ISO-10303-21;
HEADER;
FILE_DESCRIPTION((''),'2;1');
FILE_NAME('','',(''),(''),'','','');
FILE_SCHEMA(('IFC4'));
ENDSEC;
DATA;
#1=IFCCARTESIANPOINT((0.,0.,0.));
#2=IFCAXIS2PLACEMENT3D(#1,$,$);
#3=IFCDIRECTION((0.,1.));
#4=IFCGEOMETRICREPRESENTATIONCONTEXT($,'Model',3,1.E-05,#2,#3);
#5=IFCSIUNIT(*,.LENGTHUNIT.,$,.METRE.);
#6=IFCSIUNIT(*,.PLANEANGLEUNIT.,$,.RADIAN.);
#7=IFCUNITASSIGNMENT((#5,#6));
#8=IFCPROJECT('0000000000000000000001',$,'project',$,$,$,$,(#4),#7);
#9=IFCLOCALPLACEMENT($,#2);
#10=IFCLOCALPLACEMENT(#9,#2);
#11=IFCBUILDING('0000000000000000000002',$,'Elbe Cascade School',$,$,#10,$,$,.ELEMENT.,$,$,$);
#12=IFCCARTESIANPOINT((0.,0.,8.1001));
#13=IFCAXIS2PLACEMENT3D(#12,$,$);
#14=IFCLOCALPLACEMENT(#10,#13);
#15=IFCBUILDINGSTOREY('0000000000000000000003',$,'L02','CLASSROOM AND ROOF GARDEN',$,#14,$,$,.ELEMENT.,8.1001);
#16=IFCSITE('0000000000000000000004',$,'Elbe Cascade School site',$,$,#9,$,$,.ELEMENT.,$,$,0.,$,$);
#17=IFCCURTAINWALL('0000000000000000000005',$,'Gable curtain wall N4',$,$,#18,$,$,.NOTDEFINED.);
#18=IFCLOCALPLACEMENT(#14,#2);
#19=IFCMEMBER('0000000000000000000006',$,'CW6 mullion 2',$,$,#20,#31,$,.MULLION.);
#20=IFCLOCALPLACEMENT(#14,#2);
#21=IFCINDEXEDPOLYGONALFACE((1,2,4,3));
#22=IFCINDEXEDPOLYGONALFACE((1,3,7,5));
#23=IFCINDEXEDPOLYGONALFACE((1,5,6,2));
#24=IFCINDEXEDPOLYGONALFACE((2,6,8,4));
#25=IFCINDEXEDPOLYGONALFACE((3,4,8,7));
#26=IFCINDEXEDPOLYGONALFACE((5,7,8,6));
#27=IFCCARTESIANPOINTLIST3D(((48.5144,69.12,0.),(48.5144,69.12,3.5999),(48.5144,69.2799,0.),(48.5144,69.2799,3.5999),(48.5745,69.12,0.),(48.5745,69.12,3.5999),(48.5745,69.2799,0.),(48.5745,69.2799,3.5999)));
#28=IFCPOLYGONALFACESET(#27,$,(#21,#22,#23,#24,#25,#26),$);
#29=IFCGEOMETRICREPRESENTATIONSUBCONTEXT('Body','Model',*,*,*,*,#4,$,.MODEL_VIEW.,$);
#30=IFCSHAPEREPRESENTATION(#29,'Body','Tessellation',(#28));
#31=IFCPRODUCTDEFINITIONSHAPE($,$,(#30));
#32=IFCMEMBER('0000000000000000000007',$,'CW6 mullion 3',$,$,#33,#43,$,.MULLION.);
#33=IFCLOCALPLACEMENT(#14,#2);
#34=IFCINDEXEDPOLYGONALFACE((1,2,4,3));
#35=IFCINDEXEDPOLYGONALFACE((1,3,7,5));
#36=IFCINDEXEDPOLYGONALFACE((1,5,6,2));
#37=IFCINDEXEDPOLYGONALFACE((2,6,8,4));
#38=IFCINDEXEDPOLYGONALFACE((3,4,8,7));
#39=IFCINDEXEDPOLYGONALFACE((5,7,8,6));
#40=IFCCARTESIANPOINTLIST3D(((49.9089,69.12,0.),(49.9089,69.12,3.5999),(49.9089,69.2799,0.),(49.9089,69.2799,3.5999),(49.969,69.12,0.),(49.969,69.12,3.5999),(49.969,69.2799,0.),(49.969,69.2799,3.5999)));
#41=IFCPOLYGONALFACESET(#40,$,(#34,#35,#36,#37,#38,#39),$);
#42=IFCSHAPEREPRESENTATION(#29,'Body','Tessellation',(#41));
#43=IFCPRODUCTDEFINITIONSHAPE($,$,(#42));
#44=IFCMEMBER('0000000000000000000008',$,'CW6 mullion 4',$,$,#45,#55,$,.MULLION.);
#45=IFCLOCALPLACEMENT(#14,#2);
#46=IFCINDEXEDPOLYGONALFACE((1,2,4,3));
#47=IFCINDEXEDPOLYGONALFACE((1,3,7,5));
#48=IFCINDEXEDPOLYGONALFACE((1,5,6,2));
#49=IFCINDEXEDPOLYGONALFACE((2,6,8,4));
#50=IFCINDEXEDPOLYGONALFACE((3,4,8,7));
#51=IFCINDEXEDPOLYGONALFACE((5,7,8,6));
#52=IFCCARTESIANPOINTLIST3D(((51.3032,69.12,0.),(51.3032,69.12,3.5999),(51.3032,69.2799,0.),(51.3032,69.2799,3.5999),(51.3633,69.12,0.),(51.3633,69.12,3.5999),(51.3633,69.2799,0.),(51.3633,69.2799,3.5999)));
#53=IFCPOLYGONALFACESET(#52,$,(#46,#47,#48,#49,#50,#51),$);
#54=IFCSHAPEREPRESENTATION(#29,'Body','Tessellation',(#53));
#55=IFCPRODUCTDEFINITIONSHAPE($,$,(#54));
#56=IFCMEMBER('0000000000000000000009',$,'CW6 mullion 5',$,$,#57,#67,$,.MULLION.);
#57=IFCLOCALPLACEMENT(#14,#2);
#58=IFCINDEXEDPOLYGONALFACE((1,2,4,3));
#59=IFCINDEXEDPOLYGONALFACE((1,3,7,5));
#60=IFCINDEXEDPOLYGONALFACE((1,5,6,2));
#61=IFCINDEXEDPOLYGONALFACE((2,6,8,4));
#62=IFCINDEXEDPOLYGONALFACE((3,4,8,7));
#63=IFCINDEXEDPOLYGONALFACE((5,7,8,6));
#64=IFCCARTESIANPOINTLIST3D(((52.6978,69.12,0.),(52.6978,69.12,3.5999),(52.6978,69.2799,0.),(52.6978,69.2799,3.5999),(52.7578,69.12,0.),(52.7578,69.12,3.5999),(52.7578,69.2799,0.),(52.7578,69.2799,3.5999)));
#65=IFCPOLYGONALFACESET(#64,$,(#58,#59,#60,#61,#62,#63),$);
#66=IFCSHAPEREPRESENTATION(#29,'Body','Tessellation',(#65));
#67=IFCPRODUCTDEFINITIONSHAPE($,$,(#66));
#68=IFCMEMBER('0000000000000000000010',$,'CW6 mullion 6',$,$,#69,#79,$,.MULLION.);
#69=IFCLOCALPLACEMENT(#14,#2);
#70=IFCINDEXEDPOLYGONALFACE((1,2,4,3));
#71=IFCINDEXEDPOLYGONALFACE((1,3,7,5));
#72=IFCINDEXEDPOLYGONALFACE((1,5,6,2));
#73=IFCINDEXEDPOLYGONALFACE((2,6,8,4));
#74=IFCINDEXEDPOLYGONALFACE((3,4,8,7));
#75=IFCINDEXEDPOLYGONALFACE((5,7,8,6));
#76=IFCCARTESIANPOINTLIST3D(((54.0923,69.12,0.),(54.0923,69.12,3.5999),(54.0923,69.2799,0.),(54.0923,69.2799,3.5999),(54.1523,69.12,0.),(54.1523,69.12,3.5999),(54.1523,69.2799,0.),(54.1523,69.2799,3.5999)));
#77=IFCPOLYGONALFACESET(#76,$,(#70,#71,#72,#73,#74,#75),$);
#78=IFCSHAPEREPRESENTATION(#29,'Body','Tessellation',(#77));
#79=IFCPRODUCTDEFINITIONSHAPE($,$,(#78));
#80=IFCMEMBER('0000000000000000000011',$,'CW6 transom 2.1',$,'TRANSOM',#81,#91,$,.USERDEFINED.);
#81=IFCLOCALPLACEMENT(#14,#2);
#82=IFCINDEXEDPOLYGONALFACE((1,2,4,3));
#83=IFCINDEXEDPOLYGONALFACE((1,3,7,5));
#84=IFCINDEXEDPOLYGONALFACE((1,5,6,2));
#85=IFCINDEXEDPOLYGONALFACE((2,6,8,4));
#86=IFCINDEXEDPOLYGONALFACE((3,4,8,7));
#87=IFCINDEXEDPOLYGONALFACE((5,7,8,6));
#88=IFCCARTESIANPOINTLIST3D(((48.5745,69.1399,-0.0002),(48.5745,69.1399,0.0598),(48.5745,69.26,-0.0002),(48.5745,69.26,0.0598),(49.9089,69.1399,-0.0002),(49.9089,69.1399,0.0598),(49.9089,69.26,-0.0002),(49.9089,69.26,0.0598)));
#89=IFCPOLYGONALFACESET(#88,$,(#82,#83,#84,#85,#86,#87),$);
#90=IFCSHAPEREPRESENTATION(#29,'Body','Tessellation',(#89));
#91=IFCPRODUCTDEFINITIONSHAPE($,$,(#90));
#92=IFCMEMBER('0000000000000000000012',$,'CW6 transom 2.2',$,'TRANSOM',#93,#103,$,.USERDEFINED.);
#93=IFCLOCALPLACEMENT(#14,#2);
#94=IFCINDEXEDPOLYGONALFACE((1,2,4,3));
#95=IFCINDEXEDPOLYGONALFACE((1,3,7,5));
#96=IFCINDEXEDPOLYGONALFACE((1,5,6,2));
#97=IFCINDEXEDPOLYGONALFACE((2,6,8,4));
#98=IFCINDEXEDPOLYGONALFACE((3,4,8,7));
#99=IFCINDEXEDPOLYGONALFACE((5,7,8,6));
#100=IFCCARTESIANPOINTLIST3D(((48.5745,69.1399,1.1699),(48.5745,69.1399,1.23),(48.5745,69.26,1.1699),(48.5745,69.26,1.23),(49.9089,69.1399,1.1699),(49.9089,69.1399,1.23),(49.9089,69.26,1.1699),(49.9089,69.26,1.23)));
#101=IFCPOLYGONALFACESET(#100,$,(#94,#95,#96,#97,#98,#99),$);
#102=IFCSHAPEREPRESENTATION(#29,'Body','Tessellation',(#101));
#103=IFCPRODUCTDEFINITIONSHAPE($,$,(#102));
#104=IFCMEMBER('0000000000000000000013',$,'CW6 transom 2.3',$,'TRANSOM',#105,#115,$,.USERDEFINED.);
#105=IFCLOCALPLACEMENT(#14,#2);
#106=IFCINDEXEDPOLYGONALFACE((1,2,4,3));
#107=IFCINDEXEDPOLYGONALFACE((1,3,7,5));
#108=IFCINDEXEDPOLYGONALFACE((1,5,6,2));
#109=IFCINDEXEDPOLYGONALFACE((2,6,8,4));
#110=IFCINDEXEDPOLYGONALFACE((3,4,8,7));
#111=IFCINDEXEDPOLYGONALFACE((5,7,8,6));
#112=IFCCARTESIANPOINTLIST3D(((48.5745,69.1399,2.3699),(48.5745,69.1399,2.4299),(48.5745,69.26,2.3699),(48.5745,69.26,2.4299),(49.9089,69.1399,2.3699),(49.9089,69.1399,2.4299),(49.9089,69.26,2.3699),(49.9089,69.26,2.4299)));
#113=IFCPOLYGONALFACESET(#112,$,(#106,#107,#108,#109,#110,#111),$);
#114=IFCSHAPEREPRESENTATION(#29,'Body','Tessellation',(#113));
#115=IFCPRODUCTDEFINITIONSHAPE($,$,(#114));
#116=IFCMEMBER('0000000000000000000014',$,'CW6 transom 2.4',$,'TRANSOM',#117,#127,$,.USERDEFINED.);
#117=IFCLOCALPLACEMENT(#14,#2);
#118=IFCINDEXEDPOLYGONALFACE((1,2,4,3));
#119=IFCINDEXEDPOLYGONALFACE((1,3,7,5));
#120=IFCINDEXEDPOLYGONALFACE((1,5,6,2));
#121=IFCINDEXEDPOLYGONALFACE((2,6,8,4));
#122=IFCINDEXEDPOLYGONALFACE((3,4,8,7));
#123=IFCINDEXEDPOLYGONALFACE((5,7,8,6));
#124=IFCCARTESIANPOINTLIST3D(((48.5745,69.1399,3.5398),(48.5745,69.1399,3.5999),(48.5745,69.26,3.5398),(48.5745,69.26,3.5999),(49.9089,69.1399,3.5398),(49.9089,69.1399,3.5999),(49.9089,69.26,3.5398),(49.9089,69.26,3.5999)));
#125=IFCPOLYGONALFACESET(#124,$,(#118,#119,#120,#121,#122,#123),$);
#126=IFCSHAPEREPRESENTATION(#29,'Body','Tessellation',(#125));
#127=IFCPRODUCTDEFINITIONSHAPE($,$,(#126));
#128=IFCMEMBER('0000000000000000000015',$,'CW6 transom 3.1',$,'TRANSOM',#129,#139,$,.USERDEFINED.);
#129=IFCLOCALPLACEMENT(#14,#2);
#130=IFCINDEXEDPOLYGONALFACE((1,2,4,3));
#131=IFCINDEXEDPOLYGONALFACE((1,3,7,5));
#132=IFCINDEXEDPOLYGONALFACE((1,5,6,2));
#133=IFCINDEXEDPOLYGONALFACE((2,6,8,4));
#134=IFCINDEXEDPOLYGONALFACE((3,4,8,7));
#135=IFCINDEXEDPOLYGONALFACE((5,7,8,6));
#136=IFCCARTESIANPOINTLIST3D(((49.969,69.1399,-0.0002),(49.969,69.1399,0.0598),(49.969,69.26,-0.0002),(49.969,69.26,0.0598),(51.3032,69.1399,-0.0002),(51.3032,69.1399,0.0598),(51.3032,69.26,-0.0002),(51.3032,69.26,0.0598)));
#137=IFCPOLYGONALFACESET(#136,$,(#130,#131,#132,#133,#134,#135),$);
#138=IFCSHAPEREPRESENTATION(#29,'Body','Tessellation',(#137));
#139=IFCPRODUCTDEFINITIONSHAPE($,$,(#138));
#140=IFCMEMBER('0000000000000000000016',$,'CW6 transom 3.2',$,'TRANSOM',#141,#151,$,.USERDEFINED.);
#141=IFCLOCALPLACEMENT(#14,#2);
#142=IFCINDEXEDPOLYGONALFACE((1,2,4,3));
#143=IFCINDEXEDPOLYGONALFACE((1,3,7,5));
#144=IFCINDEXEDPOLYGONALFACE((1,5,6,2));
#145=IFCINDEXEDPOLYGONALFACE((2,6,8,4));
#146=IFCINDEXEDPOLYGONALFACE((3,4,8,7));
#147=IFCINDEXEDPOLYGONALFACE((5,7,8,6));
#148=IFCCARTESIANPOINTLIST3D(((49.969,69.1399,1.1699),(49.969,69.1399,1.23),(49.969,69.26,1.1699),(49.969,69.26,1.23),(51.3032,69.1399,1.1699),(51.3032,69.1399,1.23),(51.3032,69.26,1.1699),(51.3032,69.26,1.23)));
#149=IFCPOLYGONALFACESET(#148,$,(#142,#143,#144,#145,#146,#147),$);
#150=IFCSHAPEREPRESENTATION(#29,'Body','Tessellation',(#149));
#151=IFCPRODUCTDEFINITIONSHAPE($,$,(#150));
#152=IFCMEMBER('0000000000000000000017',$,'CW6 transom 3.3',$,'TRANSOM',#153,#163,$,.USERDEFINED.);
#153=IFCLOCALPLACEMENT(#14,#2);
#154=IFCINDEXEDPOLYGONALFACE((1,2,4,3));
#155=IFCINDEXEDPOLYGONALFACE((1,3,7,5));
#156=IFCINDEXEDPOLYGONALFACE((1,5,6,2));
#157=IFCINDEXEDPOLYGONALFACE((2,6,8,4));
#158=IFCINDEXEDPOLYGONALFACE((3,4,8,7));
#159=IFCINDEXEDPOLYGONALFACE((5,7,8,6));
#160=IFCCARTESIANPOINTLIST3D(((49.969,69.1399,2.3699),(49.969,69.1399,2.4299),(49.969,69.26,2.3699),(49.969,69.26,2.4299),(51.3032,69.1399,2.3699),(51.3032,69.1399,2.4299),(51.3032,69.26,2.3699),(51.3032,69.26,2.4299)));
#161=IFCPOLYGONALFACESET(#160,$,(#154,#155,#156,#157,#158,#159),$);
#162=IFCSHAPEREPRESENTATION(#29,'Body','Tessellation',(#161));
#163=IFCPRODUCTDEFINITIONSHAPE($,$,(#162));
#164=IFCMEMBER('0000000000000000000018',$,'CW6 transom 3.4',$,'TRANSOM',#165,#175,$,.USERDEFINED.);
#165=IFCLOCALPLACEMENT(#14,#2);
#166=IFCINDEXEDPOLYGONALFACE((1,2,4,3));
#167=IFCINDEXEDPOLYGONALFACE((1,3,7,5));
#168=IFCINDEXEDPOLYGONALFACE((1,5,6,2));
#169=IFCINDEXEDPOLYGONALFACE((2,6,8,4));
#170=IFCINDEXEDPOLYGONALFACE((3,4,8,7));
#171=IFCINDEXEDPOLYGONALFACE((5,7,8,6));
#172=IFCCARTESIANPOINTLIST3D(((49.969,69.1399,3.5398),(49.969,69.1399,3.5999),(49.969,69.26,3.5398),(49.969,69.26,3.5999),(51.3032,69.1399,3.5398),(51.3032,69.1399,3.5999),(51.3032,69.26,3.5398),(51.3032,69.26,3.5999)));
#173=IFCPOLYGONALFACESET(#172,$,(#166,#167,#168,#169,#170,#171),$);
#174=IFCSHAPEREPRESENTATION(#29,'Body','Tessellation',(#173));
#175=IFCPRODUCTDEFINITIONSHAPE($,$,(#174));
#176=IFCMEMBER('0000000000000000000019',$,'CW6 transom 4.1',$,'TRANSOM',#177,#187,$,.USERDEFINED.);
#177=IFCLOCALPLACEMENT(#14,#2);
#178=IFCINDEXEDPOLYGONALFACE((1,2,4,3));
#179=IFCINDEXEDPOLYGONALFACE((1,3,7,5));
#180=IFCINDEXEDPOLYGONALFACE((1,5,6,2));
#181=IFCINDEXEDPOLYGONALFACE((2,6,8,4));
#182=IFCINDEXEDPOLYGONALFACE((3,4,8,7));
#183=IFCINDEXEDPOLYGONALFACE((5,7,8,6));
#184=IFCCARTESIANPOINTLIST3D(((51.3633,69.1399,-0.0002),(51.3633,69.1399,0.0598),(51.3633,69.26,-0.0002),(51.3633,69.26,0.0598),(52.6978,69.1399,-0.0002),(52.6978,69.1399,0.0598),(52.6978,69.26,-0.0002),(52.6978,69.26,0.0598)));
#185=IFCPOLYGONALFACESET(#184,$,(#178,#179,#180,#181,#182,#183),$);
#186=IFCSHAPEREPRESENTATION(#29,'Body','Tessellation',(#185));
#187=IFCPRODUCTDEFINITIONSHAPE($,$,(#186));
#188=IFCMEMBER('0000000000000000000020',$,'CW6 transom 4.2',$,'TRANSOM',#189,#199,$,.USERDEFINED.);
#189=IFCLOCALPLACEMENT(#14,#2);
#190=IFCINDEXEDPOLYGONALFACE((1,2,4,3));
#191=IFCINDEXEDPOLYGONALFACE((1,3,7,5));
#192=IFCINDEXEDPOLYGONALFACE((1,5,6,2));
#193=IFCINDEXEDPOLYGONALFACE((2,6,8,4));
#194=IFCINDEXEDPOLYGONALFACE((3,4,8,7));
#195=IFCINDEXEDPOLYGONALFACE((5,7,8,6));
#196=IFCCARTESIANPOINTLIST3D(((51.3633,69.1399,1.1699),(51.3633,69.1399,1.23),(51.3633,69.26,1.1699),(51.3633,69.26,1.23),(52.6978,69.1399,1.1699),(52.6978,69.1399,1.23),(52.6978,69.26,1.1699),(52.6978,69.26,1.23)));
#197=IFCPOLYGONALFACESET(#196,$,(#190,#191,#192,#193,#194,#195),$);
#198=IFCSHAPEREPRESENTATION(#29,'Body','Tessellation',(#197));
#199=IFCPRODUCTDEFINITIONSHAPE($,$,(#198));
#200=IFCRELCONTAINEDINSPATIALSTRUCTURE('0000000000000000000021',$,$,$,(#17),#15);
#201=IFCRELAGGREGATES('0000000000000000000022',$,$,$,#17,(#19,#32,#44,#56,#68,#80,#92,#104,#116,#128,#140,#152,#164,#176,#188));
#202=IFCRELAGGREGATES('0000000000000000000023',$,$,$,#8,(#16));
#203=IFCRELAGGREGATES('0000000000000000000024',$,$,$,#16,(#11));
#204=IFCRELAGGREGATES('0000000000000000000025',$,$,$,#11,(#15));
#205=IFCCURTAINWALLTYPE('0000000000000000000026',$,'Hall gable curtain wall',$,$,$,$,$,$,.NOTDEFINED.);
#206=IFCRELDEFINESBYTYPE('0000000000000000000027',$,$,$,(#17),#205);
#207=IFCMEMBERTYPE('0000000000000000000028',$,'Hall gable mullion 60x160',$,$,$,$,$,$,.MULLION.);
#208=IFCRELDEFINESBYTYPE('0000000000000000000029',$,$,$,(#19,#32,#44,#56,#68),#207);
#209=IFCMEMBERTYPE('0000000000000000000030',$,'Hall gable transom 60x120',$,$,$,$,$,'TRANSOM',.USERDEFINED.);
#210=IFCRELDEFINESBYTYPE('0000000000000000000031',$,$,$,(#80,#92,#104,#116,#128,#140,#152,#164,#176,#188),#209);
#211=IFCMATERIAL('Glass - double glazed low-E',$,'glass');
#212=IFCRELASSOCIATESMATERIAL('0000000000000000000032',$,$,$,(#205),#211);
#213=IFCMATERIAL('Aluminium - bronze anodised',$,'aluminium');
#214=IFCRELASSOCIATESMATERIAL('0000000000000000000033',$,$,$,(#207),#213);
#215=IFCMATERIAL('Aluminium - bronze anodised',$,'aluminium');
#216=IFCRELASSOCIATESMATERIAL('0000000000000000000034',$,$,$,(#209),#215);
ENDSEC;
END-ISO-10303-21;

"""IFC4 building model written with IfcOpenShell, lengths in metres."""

from ifc_helpers import new_model, si_unit, direction, frame, origin, origin_2d, place, context, subcontext, project, spatial, rectangle, extrude, material, material_profile, profile_set, type_object, element, aggregate, save


model = new_model("IFC4")

# Units and contexts
model_context = context("Model", 3, precision=1e-05, world=origin(), true_north=direction((0.0, 1.0)))
body_context = subcontext(model_context, "Body", "Model", "MODEL_VIEW")
ifc_project = project(units=[si_unit("LENGTHUNIT", "METRE"), si_unit("PLANEANGLEUNIT", "RADIAN")], contexts=[model_context])

# Site, building, storey
site_placement = place(None, origin())
site = spatial("IfcSite", under=ifc_project, at=site_placement, Name="Elbe Cascade School site", CompositionType="ELEMENT", RefElevation=0.0)
building_placement = place(site_placement, origin())
building = spatial("IfcBuilding", under=site, at=building_placement, Name="Elbe Cascade School", CompositionType="ELEMENT")
storey_placement = place(building_placement, frame((0.0, 0.0, 8.1001)))
storey = spatial("IfcBuildingStorey", under=building, at=storey_placement, Name="L02", Description="CLASSROOM AND ROOF GARDEN", CompositionType="ELEMENT", Elevation=8.1001)

# Curtain wall, members
ifc_material_1 = material(Name="Glass - double glazed low-E", Category="glass")
curtain_wall_type = type_object("IfcCurtainWallType", Name="Hall gable curtain wall", PredefinedType="NOTDEFINED", material=ifc_material_1)
curtain_wall_placement = place(storey_placement, origin())
curtain_wall = element("IfcCurtainWall", 1, at=curtain_wall_placement, inside=storey, type_object=curtain_wall_type, Name="Gable curtain wall N4", PredefinedType="NOTDEFINED")
ifc_material_2 = material(Name="Aluminium - bronze anodised", Category="aluminium")
ifc_material_profile_1 = material_profile(ifc_material_2, rectangle(XDim=0.1599, YDim=0.0601, at=origin_2d()), Name="Alu 60x160")
ifc_profile_set_1 = profile_set([ifc_material_profile_1], Name="Aluminium - bronze anodised")
member_type_1 = type_object("IfcMemberType", Name="Hall gable mullion 60x160", PredefinedType="MULLION", material=ifc_profile_set_1)
member_1_placement = place(storey_placement, frame((48.5444, 69.2, 0.0), z_axis=(0.0, 0.0, 1.0), x_axis=(0.0, 1.0, 0.0)))
member_1 = element("IfcMember", 2, at=member_1_placement, type_object=member_type_1, Name="CW6 mullion 2", PredefinedType="MULLION", context=body_context, shape_type="SweptSolid", body=[
    extrude(rectangle(XDim=0.1599, YDim=0.0601, at=origin_2d()), origin(), (0.0, 0.0, 1.0), 3.5999),
])
member_2_placement = place(storey_placement, frame((49.939, 69.2, 0.0), z_axis=(0.0, 0.0, 1.0), x_axis=(0.0, 1.0, 0.0)))
member_2 = element("IfcMember", 3, at=member_2_placement, type_object=member_type_1, Name="CW6 mullion 3", PredefinedType="MULLION", context=body_context, shape_type="SweptSolid", body=[
    extrude(rectangle(XDim=0.1599, YDim=0.0601, at=origin_2d()), origin(), (0.0, 0.0, 1.0), 3.5999),
])
member_3_placement = place(storey_placement, frame((51.3333, 69.2, 0.0), z_axis=(0.0, 0.0, 1.0), x_axis=(0.0, 1.0, 0.0)))
member_3 = element("IfcMember", 4, at=member_3_placement, type_object=member_type_1, Name="CW6 mullion 4", PredefinedType="MULLION", context=body_context, shape_type="SweptSolid", body=[
    extrude(rectangle(XDim=0.1599, YDim=0.0601, at=origin_2d()), origin(), (0.0, 0.0, 1.0), 3.5999),
])
member_4_placement = place(storey_placement, frame((52.7278, 69.2, 0.0), z_axis=(0.0, 0.0, 1.0), x_axis=(0.0, 1.0, 0.0)))
member_4 = element("IfcMember", 5, at=member_4_placement, type_object=member_type_1, Name="CW6 mullion 5", PredefinedType="MULLION", context=body_context, shape_type="SweptSolid", body=[
    extrude(rectangle(XDim=0.1599, YDim=0.0601, at=origin_2d()), origin(), (0.0, 0.0, 1.0), 3.5999),
])
member_5_placement = place(storey_placement, frame((54.1223, 69.2, 0.0), z_axis=(0.0, 0.0, 1.0), x_axis=(0.0, 1.0, 0.0)))
member_5 = element("IfcMember", 6, at=member_5_placement, type_object=member_type_1, Name="CW6 mullion 6", PredefinedType="MULLION", context=body_context, shape_type="SweptSolid", body=[
    extrude(rectangle(XDim=0.1599, YDim=0.0601, at=origin_2d()), origin(), (0.0, 0.0, 1.0), 3.5999),
])
ifc_material_3 = material(Name="Aluminium - bronze anodised", Category="aluminium")
ifc_material_profile_2 = material_profile(ifc_material_3, rectangle(XDim=0.1201, YDim=0.0601, at=origin_2d()), Name="Alu 60x120")
ifc_profile_set_2 = profile_set([ifc_material_profile_2], Name="Aluminium - bronze anodised")
member_type_2 = type_object("IfcMemberType", Name="Hall gable transom 60x120", ElementType="TRANSOM", PredefinedType="USERDEFINED", material=ifc_profile_set_2)
member_6_placement = place(storey_placement, frame((48.5745, 69.2, 0.0298), z_axis=(1.0, 0.0, 0.0), x_axis=(0.0, 1.0, 0.0)))
member_6 = element("IfcMember", 7, at=member_6_placement, type_object=member_type_2, Name="CW6 transom 2.1", ObjectType="TRANSOM", PredefinedType="USERDEFINED", context=body_context, shape_type="SweptSolid", body=[
    extrude(rectangle(XDim=0.1201, YDim=0.0601, at=origin_2d()), origin(), (0.0, 0.0, 1.0), 1.3345),
])
member_7_placement = place(storey_placement, frame((48.5745, 69.2, 1.2), z_axis=(1.0, 0.0, 0.0), x_axis=(0.0, 1.0, 0.0)))
member_7 = element("IfcMember", 8, at=member_7_placement, type_object=member_type_2, Name="CW6 transom 2.2", ObjectType="TRANSOM", PredefinedType="USERDEFINED", context=body_context, shape_type="SweptSolid", body=[
    extrude(rectangle(XDim=0.1201, YDim=0.0601, at=origin_2d()), origin(), (0.0, 0.0, 1.0), 1.3345),
])
member_8_placement = place(storey_placement, frame((48.5745, 69.2, 2.3999), z_axis=(1.0, 0.0, 0.0), x_axis=(0.0, 1.0, 0.0)))
member_8 = element("IfcMember", 9, at=member_8_placement, type_object=member_type_2, Name="CW6 transom 2.3", ObjectType="TRANSOM", PredefinedType="USERDEFINED", context=body_context, shape_type="SweptSolid", body=[
    extrude(rectangle(XDim=0.1201, YDim=0.0601, at=origin_2d()), origin(), (0.0, 0.0, 1.0), 1.3345),
])
member_9_placement = place(storey_placement, frame((48.5745, 69.2, 3.5698), z_axis=(1.0, 0.0, 0.0), x_axis=(0.0, 1.0, 0.0)))
member_9 = element("IfcMember", 10, at=member_9_placement, type_object=member_type_2, Name="CW6 transom 2.4", ObjectType="TRANSOM", PredefinedType="USERDEFINED", context=body_context, shape_type="SweptSolid", body=[
    extrude(rectangle(XDim=0.1201, YDim=0.0601, at=origin_2d()), origin(), (0.0, 0.0, 1.0), 1.3345),
])
member_10_placement = place(storey_placement, frame((49.969, 69.2, 0.0298), z_axis=(1.0, 0.0, 0.0), x_axis=(0.0, 1.0, 0.0)))
member_10 = element("IfcMember", 11, at=member_10_placement, type_object=member_type_2, Name="CW6 transom 3.1", ObjectType="TRANSOM", PredefinedType="USERDEFINED", context=body_context, shape_type="SweptSolid", body=[
    extrude(rectangle(XDim=0.1201, YDim=0.0601, at=origin_2d()), origin(), (0.0, 0.0, 1.0), 1.3342),
])
member_11_placement = place(storey_placement, frame((49.969, 69.2, 1.2), z_axis=(1.0, 0.0, 0.0), x_axis=(0.0, 1.0, 0.0)))
member_11 = element("IfcMember", 12, at=member_11_placement, type_object=member_type_2, Name="CW6 transom 3.2", ObjectType="TRANSOM", PredefinedType="USERDEFINED", context=body_context, shape_type="SweptSolid", body=[
    extrude(rectangle(XDim=0.1201, YDim=0.0601, at=origin_2d()), origin(), (0.0, 0.0, 1.0), 1.3342),
])
member_12_placement = place(storey_placement, frame((49.969, 69.2, 2.3999), z_axis=(1.0, 0.0, 0.0), x_axis=(0.0, 1.0, 0.0)))
member_12 = element("IfcMember", 13, at=member_12_placement, type_object=member_type_2, Name="CW6 transom 3.3", ObjectType="TRANSOM", PredefinedType="USERDEFINED", context=body_context, shape_type="SweptSolid", body=[
    extrude(rectangle(XDim=0.1201, YDim=0.0601, at=origin_2d()), origin(), (0.0, 0.0, 1.0), 1.3342),
])
member_13_placement = place(storey_placement, frame((49.969, 69.2, 3.5698), z_axis=(1.0, 0.0, 0.0), x_axis=(0.0, 1.0, 0.0)))
member_13 = element("IfcMember", 14, at=member_13_placement, type_object=member_type_2, Name="CW6 transom 3.4", ObjectType="TRANSOM", PredefinedType="USERDEFINED", context=body_context, shape_type="SweptSolid", body=[
    extrude(rectangle(XDim=0.1201, YDim=0.0601, at=origin_2d()), origin(), (0.0, 0.0, 1.0), 1.3342),
])
member_14_placement = place(storey_placement, frame((51.3633, 69.2, 0.0298), z_axis=(1.0, 0.0, 0.0), x_axis=(0.0, 1.0, 0.0)))
member_14 = element("IfcMember", 15, at=member_14_placement, type_object=member_type_2, Name="CW6 transom 4.1", ObjectType="TRANSOM", PredefinedType="USERDEFINED", context=body_context, shape_type="SweptSolid", body=[
    extrude(rectangle(XDim=0.1201, YDim=0.0601, at=origin_2d()), origin(), (0.0, 0.0, 1.0), 1.3345),
])
member_15_placement = place(storey_placement, frame((51.3633, 69.2, 1.2), z_axis=(1.0, 0.0, 0.0), x_axis=(0.0, 1.0, 0.0)))
member_15 = element("IfcMember", 16, at=member_15_placement, type_object=member_type_2, Name="CW6 transom 4.2", ObjectType="TRANSOM", PredefinedType="USERDEFINED", context=body_context, shape_type="SweptSolid", body=[
    extrude(rectangle(XDim=0.1201, YDim=0.0601, at=origin_2d()), origin(), (0.0, 0.0, 1.0), 1.3345),
])
aggregate(curtain_wall, [member_1, member_2, member_3, member_4, member_5, member_6, member_7, member_8, member_9, member_10, member_11, member_12, member_13, member_14, member_15])

save(model, "model.ifc")
